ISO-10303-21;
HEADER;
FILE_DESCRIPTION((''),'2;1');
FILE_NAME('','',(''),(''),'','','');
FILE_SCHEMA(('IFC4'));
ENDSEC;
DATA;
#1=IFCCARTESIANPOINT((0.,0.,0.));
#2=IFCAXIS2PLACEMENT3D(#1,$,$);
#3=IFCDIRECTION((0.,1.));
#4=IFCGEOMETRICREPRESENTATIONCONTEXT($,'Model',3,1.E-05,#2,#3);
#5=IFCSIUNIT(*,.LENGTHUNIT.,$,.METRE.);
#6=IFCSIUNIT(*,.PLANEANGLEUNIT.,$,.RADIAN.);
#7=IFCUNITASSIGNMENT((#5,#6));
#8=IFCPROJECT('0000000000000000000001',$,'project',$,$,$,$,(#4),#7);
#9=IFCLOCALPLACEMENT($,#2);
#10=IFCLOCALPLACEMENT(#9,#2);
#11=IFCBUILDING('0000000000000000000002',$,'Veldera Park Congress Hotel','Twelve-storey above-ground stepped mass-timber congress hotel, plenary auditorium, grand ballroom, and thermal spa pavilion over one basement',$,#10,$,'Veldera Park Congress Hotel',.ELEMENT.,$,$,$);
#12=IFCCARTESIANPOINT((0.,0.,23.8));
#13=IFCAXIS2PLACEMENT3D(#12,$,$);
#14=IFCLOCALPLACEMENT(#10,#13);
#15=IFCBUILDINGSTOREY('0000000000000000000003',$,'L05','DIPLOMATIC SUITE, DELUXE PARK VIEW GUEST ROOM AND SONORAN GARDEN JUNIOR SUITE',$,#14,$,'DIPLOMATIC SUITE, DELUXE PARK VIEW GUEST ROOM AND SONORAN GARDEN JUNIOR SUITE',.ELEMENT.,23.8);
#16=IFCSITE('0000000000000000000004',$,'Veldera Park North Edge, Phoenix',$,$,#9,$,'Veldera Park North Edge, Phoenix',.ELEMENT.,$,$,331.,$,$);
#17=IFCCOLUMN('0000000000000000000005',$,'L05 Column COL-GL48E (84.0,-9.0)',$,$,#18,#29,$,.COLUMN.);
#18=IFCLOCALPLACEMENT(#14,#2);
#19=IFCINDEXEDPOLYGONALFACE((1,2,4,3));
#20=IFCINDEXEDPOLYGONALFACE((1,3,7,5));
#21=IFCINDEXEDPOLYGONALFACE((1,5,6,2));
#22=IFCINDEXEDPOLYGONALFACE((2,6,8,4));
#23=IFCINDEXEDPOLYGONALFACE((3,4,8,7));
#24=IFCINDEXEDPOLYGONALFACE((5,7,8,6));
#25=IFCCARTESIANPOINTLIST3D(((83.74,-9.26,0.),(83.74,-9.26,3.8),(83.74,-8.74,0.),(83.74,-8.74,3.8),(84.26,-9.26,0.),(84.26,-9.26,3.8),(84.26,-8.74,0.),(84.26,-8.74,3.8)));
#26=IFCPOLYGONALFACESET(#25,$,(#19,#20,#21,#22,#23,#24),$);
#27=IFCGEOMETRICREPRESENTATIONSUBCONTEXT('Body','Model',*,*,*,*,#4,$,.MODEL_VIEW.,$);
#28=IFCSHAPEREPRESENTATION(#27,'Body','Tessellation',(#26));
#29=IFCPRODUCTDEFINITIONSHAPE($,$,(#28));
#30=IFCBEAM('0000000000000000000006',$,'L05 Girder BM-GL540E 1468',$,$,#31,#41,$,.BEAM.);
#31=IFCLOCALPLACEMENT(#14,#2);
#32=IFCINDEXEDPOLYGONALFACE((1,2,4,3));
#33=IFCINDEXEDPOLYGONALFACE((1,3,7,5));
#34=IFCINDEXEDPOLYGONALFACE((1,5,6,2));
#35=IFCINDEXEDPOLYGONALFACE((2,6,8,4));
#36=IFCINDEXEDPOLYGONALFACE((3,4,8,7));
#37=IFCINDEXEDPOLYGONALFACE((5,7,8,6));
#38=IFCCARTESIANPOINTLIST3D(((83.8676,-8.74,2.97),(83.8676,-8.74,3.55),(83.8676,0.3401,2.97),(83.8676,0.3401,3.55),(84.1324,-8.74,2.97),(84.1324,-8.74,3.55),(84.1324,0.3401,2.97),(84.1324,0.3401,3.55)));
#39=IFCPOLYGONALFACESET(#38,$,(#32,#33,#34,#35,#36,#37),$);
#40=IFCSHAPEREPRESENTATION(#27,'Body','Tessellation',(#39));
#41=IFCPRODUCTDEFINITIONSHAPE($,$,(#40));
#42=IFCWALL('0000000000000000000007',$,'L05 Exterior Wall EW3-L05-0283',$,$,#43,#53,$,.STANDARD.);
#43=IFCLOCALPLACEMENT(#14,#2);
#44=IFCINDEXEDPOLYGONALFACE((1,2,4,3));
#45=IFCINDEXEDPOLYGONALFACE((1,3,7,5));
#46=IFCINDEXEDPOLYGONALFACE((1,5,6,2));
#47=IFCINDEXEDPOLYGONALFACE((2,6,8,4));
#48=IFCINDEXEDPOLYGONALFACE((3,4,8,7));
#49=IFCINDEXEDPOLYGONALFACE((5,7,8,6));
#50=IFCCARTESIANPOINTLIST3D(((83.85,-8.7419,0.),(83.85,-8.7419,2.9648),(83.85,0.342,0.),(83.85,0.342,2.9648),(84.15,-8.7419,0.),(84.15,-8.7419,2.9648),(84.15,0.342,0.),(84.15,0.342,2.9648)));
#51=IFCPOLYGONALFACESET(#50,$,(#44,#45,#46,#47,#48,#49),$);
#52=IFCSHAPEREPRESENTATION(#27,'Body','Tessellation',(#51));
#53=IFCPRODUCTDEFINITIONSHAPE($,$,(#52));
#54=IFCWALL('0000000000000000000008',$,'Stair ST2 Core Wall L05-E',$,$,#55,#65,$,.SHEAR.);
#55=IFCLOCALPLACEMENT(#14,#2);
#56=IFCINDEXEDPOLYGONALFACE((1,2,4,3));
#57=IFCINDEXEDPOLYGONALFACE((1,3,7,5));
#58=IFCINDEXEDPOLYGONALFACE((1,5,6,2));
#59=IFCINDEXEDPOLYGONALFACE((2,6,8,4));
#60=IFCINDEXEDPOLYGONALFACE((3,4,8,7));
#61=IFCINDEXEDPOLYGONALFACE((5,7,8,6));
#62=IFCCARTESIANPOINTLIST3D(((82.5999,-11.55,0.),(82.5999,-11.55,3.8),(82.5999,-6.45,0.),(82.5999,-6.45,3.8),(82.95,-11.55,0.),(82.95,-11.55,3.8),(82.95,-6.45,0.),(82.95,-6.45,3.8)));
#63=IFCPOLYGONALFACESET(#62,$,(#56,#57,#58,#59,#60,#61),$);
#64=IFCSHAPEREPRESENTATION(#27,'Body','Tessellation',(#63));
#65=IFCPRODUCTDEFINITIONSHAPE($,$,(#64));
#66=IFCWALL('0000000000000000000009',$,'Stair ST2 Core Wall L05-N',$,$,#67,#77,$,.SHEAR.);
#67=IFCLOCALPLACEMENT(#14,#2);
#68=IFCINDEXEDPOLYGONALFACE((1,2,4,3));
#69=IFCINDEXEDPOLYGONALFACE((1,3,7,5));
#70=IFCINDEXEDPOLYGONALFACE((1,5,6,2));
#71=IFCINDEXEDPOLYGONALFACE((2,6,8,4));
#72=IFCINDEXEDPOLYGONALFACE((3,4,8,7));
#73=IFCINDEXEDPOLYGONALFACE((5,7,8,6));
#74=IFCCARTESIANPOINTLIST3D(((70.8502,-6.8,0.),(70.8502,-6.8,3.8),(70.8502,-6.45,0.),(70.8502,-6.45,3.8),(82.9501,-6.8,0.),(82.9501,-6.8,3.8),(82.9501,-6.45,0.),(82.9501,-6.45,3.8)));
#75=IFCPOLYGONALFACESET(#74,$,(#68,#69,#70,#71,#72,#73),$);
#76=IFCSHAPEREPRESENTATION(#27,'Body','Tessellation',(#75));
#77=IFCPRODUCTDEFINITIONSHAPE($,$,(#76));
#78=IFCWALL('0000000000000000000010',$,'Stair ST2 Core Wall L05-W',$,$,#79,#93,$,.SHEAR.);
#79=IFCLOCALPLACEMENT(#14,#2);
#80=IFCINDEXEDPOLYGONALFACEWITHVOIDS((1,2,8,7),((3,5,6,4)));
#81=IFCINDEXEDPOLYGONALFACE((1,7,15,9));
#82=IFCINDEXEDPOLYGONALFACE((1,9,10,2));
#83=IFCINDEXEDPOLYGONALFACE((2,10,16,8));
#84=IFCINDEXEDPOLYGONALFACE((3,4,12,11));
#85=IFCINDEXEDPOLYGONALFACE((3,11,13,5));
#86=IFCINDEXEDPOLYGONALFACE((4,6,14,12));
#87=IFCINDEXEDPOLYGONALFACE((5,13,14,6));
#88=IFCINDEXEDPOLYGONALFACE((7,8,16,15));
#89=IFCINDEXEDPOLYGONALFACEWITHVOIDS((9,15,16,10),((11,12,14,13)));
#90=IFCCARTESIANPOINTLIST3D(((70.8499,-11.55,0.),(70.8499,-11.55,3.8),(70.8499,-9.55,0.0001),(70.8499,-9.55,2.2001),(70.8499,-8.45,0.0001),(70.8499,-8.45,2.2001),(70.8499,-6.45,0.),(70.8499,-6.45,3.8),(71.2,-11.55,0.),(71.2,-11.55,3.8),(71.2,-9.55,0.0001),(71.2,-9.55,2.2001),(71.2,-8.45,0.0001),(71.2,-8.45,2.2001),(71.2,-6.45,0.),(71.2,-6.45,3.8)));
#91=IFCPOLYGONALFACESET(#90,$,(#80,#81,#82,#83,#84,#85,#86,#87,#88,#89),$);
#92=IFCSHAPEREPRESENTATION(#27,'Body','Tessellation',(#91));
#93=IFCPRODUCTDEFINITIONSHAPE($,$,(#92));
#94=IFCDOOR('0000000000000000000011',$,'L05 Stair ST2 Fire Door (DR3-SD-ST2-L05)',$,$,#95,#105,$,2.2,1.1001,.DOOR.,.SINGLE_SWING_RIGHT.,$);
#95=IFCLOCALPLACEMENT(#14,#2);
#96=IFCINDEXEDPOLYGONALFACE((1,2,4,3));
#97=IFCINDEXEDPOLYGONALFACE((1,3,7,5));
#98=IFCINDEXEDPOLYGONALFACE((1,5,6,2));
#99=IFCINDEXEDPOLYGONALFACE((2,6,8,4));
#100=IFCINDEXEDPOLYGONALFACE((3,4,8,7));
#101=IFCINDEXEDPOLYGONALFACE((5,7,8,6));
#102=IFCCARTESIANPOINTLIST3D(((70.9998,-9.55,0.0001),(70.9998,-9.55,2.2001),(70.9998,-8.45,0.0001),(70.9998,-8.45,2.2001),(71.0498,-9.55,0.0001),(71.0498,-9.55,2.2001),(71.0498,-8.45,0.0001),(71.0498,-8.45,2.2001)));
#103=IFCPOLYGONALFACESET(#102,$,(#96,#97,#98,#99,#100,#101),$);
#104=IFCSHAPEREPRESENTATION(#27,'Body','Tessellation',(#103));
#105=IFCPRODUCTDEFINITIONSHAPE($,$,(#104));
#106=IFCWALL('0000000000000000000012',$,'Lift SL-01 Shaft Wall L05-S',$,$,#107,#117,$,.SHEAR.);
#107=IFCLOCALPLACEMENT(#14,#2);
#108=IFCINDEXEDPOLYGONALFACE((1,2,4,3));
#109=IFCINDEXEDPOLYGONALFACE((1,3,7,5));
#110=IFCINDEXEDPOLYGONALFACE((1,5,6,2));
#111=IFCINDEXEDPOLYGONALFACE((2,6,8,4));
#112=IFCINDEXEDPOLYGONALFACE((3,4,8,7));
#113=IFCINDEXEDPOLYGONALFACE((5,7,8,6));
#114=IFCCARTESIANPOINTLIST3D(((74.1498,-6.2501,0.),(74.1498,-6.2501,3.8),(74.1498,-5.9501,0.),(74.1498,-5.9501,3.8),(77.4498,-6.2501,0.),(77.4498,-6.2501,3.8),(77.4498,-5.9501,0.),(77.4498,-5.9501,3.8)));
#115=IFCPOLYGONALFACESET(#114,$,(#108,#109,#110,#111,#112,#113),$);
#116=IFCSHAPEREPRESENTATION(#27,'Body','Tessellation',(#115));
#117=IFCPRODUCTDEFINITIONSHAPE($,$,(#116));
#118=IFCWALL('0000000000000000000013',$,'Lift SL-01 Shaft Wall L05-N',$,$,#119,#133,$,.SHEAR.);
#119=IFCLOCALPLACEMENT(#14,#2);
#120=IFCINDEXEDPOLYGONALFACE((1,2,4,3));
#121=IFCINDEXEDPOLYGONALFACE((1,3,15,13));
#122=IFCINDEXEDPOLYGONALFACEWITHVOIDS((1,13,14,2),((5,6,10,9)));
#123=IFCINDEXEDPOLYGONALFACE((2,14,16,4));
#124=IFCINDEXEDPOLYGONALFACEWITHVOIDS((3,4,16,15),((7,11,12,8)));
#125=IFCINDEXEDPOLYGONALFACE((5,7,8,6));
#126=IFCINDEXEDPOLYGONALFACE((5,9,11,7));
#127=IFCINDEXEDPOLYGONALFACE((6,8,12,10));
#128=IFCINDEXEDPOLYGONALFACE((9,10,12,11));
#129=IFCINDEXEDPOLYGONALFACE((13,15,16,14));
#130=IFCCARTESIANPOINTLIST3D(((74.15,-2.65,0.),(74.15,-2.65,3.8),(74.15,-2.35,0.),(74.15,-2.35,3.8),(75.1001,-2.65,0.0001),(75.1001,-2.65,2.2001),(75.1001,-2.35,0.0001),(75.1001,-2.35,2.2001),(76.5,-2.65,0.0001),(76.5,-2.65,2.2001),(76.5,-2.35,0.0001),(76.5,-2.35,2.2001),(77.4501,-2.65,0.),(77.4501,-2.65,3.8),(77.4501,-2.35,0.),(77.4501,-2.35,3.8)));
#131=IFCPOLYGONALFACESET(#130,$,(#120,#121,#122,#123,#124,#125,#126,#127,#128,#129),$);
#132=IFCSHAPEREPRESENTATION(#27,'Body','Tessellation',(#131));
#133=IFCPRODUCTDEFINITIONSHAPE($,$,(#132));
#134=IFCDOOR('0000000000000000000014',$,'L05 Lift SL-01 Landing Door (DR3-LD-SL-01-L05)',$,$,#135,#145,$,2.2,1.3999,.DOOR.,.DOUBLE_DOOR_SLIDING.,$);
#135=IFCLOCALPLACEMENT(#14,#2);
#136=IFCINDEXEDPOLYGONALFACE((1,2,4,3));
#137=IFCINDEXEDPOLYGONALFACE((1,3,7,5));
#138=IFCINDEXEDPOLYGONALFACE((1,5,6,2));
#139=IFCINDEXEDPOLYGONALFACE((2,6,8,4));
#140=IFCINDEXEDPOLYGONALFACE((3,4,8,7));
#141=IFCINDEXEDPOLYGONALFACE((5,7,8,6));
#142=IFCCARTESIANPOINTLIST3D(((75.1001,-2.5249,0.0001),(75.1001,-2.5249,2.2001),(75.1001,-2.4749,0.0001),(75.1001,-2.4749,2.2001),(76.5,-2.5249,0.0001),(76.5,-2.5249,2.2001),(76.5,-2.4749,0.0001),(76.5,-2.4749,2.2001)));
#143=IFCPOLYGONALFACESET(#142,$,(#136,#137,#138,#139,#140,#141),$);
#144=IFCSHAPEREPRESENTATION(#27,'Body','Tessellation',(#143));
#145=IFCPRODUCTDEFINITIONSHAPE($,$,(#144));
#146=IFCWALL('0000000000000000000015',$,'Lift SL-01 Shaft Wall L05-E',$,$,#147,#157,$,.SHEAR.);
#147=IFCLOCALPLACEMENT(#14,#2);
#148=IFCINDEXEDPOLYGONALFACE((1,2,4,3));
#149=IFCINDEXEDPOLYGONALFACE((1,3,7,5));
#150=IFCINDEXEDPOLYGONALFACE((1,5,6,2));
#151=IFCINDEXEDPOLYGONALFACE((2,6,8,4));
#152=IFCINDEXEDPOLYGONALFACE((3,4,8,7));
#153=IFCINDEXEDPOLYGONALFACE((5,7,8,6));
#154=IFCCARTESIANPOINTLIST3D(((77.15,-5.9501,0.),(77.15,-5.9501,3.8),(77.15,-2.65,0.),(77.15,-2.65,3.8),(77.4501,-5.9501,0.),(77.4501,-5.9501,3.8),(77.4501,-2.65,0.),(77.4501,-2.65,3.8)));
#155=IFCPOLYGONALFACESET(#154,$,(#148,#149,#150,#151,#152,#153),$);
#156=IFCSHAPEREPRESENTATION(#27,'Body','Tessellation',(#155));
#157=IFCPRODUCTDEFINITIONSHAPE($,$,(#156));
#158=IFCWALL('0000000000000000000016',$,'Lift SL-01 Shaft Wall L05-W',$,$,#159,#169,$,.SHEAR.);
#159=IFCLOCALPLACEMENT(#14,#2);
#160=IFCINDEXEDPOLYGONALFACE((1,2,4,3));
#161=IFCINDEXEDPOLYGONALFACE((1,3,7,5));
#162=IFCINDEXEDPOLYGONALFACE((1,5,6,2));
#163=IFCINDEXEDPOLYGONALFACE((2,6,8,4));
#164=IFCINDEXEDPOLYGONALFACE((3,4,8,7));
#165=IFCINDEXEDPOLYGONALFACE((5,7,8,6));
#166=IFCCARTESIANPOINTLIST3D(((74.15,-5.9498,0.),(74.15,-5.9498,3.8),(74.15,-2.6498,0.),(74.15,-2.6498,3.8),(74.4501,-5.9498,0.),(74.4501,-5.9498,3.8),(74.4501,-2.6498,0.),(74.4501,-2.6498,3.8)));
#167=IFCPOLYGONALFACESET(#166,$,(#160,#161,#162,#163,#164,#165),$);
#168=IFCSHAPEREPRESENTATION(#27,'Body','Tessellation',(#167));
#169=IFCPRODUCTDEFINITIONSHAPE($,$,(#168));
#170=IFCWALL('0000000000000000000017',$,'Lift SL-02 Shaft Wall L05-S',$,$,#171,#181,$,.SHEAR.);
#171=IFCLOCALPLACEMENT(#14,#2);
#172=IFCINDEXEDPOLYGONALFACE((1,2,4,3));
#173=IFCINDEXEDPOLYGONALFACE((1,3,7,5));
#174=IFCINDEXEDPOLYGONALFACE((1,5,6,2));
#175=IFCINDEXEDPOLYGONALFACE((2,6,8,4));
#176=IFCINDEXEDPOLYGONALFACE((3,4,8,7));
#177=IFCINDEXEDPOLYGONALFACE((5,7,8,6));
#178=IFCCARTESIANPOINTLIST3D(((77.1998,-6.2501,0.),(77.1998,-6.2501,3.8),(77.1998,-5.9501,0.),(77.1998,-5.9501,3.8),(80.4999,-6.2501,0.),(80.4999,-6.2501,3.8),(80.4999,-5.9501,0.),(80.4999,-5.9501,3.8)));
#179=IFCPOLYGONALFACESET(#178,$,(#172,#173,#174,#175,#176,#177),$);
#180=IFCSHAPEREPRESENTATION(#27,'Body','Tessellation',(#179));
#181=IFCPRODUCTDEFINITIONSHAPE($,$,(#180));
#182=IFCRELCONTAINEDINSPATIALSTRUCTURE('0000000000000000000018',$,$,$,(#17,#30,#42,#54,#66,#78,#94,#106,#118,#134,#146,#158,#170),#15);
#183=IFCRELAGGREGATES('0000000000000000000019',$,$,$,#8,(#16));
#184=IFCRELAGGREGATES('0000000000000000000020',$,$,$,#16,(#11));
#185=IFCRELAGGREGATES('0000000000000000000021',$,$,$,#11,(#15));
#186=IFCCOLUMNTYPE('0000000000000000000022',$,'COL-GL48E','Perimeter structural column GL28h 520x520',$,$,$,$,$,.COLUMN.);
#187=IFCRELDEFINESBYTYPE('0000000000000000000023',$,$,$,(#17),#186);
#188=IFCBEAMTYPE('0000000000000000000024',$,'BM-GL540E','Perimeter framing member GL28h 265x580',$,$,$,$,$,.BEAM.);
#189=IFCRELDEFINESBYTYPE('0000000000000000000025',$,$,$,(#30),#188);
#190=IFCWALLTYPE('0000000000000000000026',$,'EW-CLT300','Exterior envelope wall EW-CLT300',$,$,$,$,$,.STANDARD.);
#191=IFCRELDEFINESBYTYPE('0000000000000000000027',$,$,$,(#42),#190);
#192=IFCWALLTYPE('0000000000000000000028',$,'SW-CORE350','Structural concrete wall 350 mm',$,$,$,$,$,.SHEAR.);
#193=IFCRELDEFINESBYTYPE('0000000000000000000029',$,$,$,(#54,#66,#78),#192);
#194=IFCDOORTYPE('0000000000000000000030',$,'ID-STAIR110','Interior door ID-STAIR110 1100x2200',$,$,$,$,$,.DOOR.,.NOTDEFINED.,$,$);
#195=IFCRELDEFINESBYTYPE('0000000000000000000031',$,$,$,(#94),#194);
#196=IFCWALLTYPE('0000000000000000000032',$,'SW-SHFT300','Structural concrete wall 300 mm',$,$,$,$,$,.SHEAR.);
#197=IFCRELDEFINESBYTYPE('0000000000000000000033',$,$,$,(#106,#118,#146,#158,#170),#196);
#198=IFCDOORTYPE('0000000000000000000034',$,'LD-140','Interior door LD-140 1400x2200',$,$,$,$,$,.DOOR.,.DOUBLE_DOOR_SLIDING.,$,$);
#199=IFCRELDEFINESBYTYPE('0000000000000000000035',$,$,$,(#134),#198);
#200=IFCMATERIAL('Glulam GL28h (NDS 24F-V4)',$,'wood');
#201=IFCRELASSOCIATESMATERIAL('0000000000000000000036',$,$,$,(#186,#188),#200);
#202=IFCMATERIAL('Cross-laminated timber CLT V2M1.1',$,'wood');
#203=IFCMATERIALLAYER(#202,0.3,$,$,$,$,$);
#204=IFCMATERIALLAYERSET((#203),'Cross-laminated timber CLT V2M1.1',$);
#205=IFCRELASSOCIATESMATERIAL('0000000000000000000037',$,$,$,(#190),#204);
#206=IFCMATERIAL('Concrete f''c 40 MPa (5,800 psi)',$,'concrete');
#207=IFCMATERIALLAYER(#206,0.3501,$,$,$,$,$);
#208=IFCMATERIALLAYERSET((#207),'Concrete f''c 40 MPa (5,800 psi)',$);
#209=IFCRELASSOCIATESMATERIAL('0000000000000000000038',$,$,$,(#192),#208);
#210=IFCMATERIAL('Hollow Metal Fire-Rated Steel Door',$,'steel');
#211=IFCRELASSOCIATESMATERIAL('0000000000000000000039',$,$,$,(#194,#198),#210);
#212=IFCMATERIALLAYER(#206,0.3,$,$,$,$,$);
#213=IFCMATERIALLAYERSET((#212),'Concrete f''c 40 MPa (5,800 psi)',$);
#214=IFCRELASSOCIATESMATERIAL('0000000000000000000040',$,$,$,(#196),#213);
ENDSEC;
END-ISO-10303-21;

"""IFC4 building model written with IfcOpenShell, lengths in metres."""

from ifc_helpers import new_model, si_unit, direction, frame, frame_2d, origin, origin_2d, place, context, subcontext, project, spatial, rectangle, extrude, material, layer, layer_set, material_profile, profile_set, type_object, element, fill, save


model = new_model("IFC4")

# Units and contexts
model_context = context("Model", 3, precision=1e-05, world=origin(), true_north=direction((0.0, 1.0)))
body_context = subcontext(model_context, "Body", "Model", "MODEL_VIEW")
ifc_project = project(units=[si_unit("LENGTHUNIT", "METRE"), si_unit("PLANEANGLEUNIT", "RADIAN")], contexts=[model_context])

# Site, building, storey
site_placement = place(None, origin())
site = spatial("IfcSite", under=ifc_project, at=site_placement, Name="Veldera Park North Edge, Phoenix", LongName="Veldera Park North Edge, Phoenix", CompositionType="ELEMENT", RefElevation=331.0)
building_placement = place(site_placement, origin())
building = spatial("IfcBuilding", under=site, at=building_placement, Name="Veldera Park Congress Hotel", Description="Twelve-storey above-ground stepped mass-timber congress hotel, plenary auditorium, grand ballroom, and thermal spa pavilion over one basement", LongName="Veldera Park Congress Hotel", CompositionType="ELEMENT")
storey_placement = place(building_placement, frame((0.0, 0.0, 23.8)))
storey = spatial("IfcBuildingStorey", under=building, at=storey_placement, Name="L05", Description="DIPLOMATIC SUITE, DELUXE PARK VIEW GUEST ROOM AND SONORAN GARDEN JUNIOR SUITE", LongName="DIPLOMATIC SUITE, DELUXE PARK VIEW GUEST ROOM AND SONORAN GARDEN JUNIOR SUITE", CompositionType="ELEMENT", Elevation=23.8)

# Column
ifc_material_1 = material(Name="Glulam GL28h (NDS 24F-V4)", Category="wood")
ifc_material_profile_1 = material_profile(ifc_material_1, rectangle(XDim=0.52, YDim=0.52, at=origin_2d()), Name="GL28h 520x520")
ifc_profile_set_1 = profile_set([ifc_material_profile_1], Name="Glulam GL28h (NDS 24F-V4)")
column_type = type_object("IfcColumnType", Name="COL-GL48E", Description="Perimeter structural column GL28h 520x520", PredefinedType="COLUMN", material=ifc_profile_set_1)
column_placement = place(storey_placement, frame((84.0, -9.0, 0.0), z_axis=(0.0, 0.0, 1.0), x_axis=(1.0, 0.0, 0.0)))
element("IfcColumn", 1, at=column_placement, inside=storey, type_object=column_type, Name="L05 Column COL-GL48E (84.0,-9.0)", PredefinedType="COLUMN", context=body_context, shape_type="SweptSolid", body=[
    extrude(rectangle(XDim=0.52, YDim=0.52, at=origin_2d()), origin(), (0.0, 0.0, 1.0), 3.8),
])

# Beam
ifc_material_profile_2 = material_profile(ifc_material_1, rectangle(XDim=0.2649, YDim=0.5801, at=origin_2d()), Name="GL28h 265x580")
ifc_profile_set_2 = profile_set([ifc_material_profile_2], Name="Glulam GL28h (NDS 24F-V4)")
beam_type = type_object("IfcBeamType", Name="BM-GL540E", Description="Perimeter framing member GL28h 265x580", PredefinedType="BEAM", material=ifc_profile_set_2)
beam_placement = place(storey_placement, frame((84.0, -8.74, 3.26), z_axis=(0.0, 1.0, 0.0), x_axis=(-1.0, 0.0, 0.0)))
element("IfcBeam", 2, at=beam_placement, inside=storey, type_object=beam_type, Name="L05 Girder BM-GL540E 1468", PredefinedType="BEAM", context=body_context, shape_type="SweptSolid", body=[
    extrude(rectangle(XDim=0.2649, YDim=0.5801, at=origin_2d()), origin(), (0.0, 0.0, 1.0), 9.0801),
])

# Walls
ifc_material_2 = material(Name="Cross-laminated timber CLT V2M1.1", Category="wood")
ifc_layer_1 = layer(ifc_material_2, 0.3)
ifc_layer_set_1 = layer_set([ifc_layer_1], Name="Cross-laminated timber CLT V2M1.1")
wall_type_1 = type_object("IfcWallType", Name="EW-CLT300", Description="Exterior envelope wall EW-CLT300", PredefinedType="STANDARD", material=ifc_layer_set_1)
wall_1_placement = place(storey_placement, frame((84.0, -8.7419, 0.0), z_axis=(0.0, 0.0, 1.0), x_axis=(0.0, 1.0, 0.0)))
element("IfcWall", 3, at=wall_1_placement, inside=storey, type_object=wall_type_1, Name="L05 Exterior Wall EW3-L05-0283", PredefinedType="STANDARD", context=body_context, shape_type="SweptSolid", body=[
    extrude(rectangle(XDim=9.084, YDim=0.3, at=frame_2d((4.542, 0.0))), origin(), (0.0, 0.0, 1.0), 2.9648),
])
ifc_material_3 = material(Name="Concrete f'c 40 MPa (5,800 psi)", Category="concrete")
ifc_layer_2 = layer(ifc_material_3, 0.3501)
ifc_layer_set_2 = layer_set([ifc_layer_2], Name="Concrete f'c 40 MPa (5,800 psi)")
wall_type_2 = type_object("IfcWallType", Name="SW-CORE350", Description="Structural concrete wall 350 mm", PredefinedType="SHEAR", material=ifc_layer_set_2)
wall_2_placement = place(storey_placement, frame((82.7749, -11.55, 0.0), z_axis=(0.0, 0.0, 1.0), x_axis=(0.0, 1.0, 0.0)))
element("IfcWall", 4, at=wall_2_placement, inside=storey, type_object=wall_type_2, Name="Stair ST2 Core Wall L05-E", PredefinedType="SHEAR", context=body_context, shape_type="SweptSolid", body=[
    extrude(rectangle(XDim=5.1001, YDim=0.3501, at=frame_2d((2.55, 0.0))), origin(), (0.0, 0.0, 1.0), 3.8),
])
wall_3_placement = place(storey_placement, frame((82.95, -6.625, 0.0), z_axis=(0.0, 0.0, 1.0), x_axis=(-1.0, 0.0, 0.0)))
element("IfcWall", 5, at=wall_3_placement, inside=storey, type_object=wall_type_2, Name="Stair ST2 Core Wall L05-N", PredefinedType="SHEAR", context=body_context, shape_type="SweptSolid", body=[
    extrude(rectangle(XDim=12.0999, YDim=0.3501, at=frame_2d((6.0498, 0.0))), origin(), (0.0, 0.0, 1.0), 3.8),
])

# Wall, opening, door
wall_4_placement = place(storey_placement, frame((71.0249, -6.45, 0.0), z_axis=(0.0, 0.0, 1.0), x_axis=(0.0, -1.0, 0.0)))
wall_4 = element("IfcWall", 6, at=wall_4_placement, inside=storey, type_object=wall_type_2, Name="Stair ST2 Core Wall L05-W", PredefinedType="SHEAR", context=body_context, shape_type="SweptSolid", body=[
    extrude(rectangle(XDim=5.1001, YDim=0.3501, at=frame_2d((2.55, 0.0))), origin(), (0.0, 0.0, 1.0), 3.8),
])
opening_1_placement = place(wall_4_placement, frame((2.0, 0.0, 0.0)))
opening_1 = element("IfcOpeningElement", 7, at=opening_1_placement, cuts=wall_4, PredefinedType="OPENING", context=body_context, shape_type="SweptSolid", body=[
    extrude(rectangle(XDim=1.1001, YDim=2.2, at=frame_2d((0.55, 1.1001))), frame((0.0, 0.187, 0.0), z_axis=(0.0, -1.0, 0.0), x_axis=(1.0, 0.0, 0.0)), (0.0, 0.0, 1.0), 0.374),
])
ifc_material_4 = material(Name="Hollow Metal Fire-Rated Steel Door", Category="steel")
door_type_1 = type_object("IfcDoorType", Name="ID-STAIR110", Description="Interior door ID-STAIR110 1100x2200", OperationType="NOTDEFINED", PredefinedType="DOOR", material=ifc_material_4)
door_1_placement = place(opening_1_placement, origin())
door_1 = element("IfcDoor", 8, at=door_1_placement, inside=storey, type_object=door_type_1, Name="L05 Stair ST2 Fire Door (DR3-SD-ST2-L05)", OperationType="SINGLE_SWING_RIGHT", OverallHeight=2.2, OverallWidth=1.1001, PredefinedType="DOOR", context=body_context, shape_type="SweptSolid", body=[
    extrude(rectangle(XDim=1.1001, YDim=2.2, at=frame_2d((0.55, 1.1001))), frame((0.0, 0.0249, 0.0), z_axis=(0.0, -1.0, 0.0), x_axis=(1.0, 0.0, 0.0)), (0.0, 0.0, 1.0), 0.05),
])
fill(opening_1, door_1)

# Wall
ifc_layer_3 = layer(ifc_material_3, 0.3)
ifc_layer_set_3 = layer_set([ifc_layer_3], Name="Concrete f'c 40 MPa (5,800 psi)")
wall_type_3 = type_object("IfcWallType", Name="SW-SHFT300", Description="Structural concrete wall 300 mm", PredefinedType="SHEAR", material=ifc_layer_set_3)
wall_5_placement = place(storey_placement, frame((74.1499, -6.1001, 0.0), z_axis=(0.0, 0.0, 1.0), x_axis=(1.0, 0.0, 0.0)))
element("IfcWall", 9, at=wall_5_placement, inside=storey, type_object=wall_type_3, Name="Lift SL-01 Shaft Wall L05-S", PredefinedType="SHEAR", context=body_context, shape_type="SweptSolid", body=[
    extrude(rectangle(XDim=3.3, YDim=0.3, at=frame_2d((1.6499, 0.0))), origin(), (0.0, 0.0, 1.0), 3.8),
])

# Wall, opening, door
wall_6_placement = place(storey_placement, frame((77.45, -2.5, 0.0), z_axis=(0.0, 0.0, 1.0), x_axis=(-1.0, 0.0, 0.0)))
wall_6 = element("IfcWall", 10, at=wall_6_placement, inside=storey, type_object=wall_type_3, Name="Lift SL-01 Shaft Wall L05-N", PredefinedType="SHEAR", context=body_context, shape_type="SweptSolid", body=[
    extrude(rectangle(XDim=3.3, YDim=0.3, at=frame_2d((1.6499, 0.0))), origin(), (0.0, 0.0, 1.0), 3.8),
])
opening_2_placement = place(wall_6_placement, frame((0.95, 0.0, 0.0)))
opening_2 = element("IfcOpeningElement", 11, at=opening_2_placement, cuts=wall_6, PredefinedType="OPENING", context=body_context, shape_type="SweptSolid", body=[
    extrude(rectangle(XDim=1.3999, YDim=2.2, at=frame_2d((0.7, 1.1001))), frame((0.0, 0.1621, 0.0), z_axis=(0.0, -1.0, 0.0), x_axis=(1.0, 0.0, 0.0)), (0.0, 0.0, 1.0), 0.324),
])
door_type_2 = type_object("IfcDoorType", Name="LD-140", Description="Interior door LD-140 1400x2200", OperationType="DOUBLE_DOOR_SLIDING", PredefinedType="DOOR", material=ifc_material_4)
door_2_placement = place(opening_2_placement, origin())
door_2 = element("IfcDoor", 12, at=door_2_placement, inside=storey, type_object=door_type_2, Name="L05 Lift SL-01 Landing Door (DR3-LD-SL-01-L05)", OperationType="DOUBLE_DOOR_SLIDING", OverallHeight=2.2, OverallWidth=1.3999, PredefinedType="DOOR", context=body_context, shape_type="SweptSolid", body=[
    extrude(rectangle(XDim=1.3999, YDim=2.2, at=frame_2d((0.7, 1.1001))), frame((0.0, 0.0249, 0.0), z_axis=(0.0, -1.0, 0.0), x_axis=(1.0, 0.0, 0.0)), (0.0, 0.0, 1.0), 0.05),
])
fill(opening_2, door_2)

# Walls
for number, where, z_axis, x_axis, name in (
    (13, (77.3, -5.95, 0.0), (0.0, 0.0, 1.0), (0.0, 1.0, 0.0), "Lift SL-01 Shaft Wall L05-E"),
    (14, (74.3, -2.6499, 0.0), (0.0, 0.0, 1.0), (0.0, -1.0, 0.0), "Lift SL-01 Shaft Wall L05-W"),
    (15, (77.2, -6.1001, 0.0), (0.0, 0.0, 1.0), (1.0, 0.0, 0.0), "Lift SL-02 Shaft Wall L05-S"),
):
    element("IfcWall", number, at=place(storey_placement, frame(where, z_axis=z_axis, x_axis=x_axis)), inside=storey, type_object=wall_type_3, Name=name, PredefinedType="SHEAR", context=body_context, shape_type="SweptSolid", body=[
        extrude(rectangle(XDim=3.3, YDim=0.3, at=frame_2d((1.6499, 0.0))), origin(), (0.0, 0.0, 1.0), 3.8),
    ])

save(model, "model.ifc")
